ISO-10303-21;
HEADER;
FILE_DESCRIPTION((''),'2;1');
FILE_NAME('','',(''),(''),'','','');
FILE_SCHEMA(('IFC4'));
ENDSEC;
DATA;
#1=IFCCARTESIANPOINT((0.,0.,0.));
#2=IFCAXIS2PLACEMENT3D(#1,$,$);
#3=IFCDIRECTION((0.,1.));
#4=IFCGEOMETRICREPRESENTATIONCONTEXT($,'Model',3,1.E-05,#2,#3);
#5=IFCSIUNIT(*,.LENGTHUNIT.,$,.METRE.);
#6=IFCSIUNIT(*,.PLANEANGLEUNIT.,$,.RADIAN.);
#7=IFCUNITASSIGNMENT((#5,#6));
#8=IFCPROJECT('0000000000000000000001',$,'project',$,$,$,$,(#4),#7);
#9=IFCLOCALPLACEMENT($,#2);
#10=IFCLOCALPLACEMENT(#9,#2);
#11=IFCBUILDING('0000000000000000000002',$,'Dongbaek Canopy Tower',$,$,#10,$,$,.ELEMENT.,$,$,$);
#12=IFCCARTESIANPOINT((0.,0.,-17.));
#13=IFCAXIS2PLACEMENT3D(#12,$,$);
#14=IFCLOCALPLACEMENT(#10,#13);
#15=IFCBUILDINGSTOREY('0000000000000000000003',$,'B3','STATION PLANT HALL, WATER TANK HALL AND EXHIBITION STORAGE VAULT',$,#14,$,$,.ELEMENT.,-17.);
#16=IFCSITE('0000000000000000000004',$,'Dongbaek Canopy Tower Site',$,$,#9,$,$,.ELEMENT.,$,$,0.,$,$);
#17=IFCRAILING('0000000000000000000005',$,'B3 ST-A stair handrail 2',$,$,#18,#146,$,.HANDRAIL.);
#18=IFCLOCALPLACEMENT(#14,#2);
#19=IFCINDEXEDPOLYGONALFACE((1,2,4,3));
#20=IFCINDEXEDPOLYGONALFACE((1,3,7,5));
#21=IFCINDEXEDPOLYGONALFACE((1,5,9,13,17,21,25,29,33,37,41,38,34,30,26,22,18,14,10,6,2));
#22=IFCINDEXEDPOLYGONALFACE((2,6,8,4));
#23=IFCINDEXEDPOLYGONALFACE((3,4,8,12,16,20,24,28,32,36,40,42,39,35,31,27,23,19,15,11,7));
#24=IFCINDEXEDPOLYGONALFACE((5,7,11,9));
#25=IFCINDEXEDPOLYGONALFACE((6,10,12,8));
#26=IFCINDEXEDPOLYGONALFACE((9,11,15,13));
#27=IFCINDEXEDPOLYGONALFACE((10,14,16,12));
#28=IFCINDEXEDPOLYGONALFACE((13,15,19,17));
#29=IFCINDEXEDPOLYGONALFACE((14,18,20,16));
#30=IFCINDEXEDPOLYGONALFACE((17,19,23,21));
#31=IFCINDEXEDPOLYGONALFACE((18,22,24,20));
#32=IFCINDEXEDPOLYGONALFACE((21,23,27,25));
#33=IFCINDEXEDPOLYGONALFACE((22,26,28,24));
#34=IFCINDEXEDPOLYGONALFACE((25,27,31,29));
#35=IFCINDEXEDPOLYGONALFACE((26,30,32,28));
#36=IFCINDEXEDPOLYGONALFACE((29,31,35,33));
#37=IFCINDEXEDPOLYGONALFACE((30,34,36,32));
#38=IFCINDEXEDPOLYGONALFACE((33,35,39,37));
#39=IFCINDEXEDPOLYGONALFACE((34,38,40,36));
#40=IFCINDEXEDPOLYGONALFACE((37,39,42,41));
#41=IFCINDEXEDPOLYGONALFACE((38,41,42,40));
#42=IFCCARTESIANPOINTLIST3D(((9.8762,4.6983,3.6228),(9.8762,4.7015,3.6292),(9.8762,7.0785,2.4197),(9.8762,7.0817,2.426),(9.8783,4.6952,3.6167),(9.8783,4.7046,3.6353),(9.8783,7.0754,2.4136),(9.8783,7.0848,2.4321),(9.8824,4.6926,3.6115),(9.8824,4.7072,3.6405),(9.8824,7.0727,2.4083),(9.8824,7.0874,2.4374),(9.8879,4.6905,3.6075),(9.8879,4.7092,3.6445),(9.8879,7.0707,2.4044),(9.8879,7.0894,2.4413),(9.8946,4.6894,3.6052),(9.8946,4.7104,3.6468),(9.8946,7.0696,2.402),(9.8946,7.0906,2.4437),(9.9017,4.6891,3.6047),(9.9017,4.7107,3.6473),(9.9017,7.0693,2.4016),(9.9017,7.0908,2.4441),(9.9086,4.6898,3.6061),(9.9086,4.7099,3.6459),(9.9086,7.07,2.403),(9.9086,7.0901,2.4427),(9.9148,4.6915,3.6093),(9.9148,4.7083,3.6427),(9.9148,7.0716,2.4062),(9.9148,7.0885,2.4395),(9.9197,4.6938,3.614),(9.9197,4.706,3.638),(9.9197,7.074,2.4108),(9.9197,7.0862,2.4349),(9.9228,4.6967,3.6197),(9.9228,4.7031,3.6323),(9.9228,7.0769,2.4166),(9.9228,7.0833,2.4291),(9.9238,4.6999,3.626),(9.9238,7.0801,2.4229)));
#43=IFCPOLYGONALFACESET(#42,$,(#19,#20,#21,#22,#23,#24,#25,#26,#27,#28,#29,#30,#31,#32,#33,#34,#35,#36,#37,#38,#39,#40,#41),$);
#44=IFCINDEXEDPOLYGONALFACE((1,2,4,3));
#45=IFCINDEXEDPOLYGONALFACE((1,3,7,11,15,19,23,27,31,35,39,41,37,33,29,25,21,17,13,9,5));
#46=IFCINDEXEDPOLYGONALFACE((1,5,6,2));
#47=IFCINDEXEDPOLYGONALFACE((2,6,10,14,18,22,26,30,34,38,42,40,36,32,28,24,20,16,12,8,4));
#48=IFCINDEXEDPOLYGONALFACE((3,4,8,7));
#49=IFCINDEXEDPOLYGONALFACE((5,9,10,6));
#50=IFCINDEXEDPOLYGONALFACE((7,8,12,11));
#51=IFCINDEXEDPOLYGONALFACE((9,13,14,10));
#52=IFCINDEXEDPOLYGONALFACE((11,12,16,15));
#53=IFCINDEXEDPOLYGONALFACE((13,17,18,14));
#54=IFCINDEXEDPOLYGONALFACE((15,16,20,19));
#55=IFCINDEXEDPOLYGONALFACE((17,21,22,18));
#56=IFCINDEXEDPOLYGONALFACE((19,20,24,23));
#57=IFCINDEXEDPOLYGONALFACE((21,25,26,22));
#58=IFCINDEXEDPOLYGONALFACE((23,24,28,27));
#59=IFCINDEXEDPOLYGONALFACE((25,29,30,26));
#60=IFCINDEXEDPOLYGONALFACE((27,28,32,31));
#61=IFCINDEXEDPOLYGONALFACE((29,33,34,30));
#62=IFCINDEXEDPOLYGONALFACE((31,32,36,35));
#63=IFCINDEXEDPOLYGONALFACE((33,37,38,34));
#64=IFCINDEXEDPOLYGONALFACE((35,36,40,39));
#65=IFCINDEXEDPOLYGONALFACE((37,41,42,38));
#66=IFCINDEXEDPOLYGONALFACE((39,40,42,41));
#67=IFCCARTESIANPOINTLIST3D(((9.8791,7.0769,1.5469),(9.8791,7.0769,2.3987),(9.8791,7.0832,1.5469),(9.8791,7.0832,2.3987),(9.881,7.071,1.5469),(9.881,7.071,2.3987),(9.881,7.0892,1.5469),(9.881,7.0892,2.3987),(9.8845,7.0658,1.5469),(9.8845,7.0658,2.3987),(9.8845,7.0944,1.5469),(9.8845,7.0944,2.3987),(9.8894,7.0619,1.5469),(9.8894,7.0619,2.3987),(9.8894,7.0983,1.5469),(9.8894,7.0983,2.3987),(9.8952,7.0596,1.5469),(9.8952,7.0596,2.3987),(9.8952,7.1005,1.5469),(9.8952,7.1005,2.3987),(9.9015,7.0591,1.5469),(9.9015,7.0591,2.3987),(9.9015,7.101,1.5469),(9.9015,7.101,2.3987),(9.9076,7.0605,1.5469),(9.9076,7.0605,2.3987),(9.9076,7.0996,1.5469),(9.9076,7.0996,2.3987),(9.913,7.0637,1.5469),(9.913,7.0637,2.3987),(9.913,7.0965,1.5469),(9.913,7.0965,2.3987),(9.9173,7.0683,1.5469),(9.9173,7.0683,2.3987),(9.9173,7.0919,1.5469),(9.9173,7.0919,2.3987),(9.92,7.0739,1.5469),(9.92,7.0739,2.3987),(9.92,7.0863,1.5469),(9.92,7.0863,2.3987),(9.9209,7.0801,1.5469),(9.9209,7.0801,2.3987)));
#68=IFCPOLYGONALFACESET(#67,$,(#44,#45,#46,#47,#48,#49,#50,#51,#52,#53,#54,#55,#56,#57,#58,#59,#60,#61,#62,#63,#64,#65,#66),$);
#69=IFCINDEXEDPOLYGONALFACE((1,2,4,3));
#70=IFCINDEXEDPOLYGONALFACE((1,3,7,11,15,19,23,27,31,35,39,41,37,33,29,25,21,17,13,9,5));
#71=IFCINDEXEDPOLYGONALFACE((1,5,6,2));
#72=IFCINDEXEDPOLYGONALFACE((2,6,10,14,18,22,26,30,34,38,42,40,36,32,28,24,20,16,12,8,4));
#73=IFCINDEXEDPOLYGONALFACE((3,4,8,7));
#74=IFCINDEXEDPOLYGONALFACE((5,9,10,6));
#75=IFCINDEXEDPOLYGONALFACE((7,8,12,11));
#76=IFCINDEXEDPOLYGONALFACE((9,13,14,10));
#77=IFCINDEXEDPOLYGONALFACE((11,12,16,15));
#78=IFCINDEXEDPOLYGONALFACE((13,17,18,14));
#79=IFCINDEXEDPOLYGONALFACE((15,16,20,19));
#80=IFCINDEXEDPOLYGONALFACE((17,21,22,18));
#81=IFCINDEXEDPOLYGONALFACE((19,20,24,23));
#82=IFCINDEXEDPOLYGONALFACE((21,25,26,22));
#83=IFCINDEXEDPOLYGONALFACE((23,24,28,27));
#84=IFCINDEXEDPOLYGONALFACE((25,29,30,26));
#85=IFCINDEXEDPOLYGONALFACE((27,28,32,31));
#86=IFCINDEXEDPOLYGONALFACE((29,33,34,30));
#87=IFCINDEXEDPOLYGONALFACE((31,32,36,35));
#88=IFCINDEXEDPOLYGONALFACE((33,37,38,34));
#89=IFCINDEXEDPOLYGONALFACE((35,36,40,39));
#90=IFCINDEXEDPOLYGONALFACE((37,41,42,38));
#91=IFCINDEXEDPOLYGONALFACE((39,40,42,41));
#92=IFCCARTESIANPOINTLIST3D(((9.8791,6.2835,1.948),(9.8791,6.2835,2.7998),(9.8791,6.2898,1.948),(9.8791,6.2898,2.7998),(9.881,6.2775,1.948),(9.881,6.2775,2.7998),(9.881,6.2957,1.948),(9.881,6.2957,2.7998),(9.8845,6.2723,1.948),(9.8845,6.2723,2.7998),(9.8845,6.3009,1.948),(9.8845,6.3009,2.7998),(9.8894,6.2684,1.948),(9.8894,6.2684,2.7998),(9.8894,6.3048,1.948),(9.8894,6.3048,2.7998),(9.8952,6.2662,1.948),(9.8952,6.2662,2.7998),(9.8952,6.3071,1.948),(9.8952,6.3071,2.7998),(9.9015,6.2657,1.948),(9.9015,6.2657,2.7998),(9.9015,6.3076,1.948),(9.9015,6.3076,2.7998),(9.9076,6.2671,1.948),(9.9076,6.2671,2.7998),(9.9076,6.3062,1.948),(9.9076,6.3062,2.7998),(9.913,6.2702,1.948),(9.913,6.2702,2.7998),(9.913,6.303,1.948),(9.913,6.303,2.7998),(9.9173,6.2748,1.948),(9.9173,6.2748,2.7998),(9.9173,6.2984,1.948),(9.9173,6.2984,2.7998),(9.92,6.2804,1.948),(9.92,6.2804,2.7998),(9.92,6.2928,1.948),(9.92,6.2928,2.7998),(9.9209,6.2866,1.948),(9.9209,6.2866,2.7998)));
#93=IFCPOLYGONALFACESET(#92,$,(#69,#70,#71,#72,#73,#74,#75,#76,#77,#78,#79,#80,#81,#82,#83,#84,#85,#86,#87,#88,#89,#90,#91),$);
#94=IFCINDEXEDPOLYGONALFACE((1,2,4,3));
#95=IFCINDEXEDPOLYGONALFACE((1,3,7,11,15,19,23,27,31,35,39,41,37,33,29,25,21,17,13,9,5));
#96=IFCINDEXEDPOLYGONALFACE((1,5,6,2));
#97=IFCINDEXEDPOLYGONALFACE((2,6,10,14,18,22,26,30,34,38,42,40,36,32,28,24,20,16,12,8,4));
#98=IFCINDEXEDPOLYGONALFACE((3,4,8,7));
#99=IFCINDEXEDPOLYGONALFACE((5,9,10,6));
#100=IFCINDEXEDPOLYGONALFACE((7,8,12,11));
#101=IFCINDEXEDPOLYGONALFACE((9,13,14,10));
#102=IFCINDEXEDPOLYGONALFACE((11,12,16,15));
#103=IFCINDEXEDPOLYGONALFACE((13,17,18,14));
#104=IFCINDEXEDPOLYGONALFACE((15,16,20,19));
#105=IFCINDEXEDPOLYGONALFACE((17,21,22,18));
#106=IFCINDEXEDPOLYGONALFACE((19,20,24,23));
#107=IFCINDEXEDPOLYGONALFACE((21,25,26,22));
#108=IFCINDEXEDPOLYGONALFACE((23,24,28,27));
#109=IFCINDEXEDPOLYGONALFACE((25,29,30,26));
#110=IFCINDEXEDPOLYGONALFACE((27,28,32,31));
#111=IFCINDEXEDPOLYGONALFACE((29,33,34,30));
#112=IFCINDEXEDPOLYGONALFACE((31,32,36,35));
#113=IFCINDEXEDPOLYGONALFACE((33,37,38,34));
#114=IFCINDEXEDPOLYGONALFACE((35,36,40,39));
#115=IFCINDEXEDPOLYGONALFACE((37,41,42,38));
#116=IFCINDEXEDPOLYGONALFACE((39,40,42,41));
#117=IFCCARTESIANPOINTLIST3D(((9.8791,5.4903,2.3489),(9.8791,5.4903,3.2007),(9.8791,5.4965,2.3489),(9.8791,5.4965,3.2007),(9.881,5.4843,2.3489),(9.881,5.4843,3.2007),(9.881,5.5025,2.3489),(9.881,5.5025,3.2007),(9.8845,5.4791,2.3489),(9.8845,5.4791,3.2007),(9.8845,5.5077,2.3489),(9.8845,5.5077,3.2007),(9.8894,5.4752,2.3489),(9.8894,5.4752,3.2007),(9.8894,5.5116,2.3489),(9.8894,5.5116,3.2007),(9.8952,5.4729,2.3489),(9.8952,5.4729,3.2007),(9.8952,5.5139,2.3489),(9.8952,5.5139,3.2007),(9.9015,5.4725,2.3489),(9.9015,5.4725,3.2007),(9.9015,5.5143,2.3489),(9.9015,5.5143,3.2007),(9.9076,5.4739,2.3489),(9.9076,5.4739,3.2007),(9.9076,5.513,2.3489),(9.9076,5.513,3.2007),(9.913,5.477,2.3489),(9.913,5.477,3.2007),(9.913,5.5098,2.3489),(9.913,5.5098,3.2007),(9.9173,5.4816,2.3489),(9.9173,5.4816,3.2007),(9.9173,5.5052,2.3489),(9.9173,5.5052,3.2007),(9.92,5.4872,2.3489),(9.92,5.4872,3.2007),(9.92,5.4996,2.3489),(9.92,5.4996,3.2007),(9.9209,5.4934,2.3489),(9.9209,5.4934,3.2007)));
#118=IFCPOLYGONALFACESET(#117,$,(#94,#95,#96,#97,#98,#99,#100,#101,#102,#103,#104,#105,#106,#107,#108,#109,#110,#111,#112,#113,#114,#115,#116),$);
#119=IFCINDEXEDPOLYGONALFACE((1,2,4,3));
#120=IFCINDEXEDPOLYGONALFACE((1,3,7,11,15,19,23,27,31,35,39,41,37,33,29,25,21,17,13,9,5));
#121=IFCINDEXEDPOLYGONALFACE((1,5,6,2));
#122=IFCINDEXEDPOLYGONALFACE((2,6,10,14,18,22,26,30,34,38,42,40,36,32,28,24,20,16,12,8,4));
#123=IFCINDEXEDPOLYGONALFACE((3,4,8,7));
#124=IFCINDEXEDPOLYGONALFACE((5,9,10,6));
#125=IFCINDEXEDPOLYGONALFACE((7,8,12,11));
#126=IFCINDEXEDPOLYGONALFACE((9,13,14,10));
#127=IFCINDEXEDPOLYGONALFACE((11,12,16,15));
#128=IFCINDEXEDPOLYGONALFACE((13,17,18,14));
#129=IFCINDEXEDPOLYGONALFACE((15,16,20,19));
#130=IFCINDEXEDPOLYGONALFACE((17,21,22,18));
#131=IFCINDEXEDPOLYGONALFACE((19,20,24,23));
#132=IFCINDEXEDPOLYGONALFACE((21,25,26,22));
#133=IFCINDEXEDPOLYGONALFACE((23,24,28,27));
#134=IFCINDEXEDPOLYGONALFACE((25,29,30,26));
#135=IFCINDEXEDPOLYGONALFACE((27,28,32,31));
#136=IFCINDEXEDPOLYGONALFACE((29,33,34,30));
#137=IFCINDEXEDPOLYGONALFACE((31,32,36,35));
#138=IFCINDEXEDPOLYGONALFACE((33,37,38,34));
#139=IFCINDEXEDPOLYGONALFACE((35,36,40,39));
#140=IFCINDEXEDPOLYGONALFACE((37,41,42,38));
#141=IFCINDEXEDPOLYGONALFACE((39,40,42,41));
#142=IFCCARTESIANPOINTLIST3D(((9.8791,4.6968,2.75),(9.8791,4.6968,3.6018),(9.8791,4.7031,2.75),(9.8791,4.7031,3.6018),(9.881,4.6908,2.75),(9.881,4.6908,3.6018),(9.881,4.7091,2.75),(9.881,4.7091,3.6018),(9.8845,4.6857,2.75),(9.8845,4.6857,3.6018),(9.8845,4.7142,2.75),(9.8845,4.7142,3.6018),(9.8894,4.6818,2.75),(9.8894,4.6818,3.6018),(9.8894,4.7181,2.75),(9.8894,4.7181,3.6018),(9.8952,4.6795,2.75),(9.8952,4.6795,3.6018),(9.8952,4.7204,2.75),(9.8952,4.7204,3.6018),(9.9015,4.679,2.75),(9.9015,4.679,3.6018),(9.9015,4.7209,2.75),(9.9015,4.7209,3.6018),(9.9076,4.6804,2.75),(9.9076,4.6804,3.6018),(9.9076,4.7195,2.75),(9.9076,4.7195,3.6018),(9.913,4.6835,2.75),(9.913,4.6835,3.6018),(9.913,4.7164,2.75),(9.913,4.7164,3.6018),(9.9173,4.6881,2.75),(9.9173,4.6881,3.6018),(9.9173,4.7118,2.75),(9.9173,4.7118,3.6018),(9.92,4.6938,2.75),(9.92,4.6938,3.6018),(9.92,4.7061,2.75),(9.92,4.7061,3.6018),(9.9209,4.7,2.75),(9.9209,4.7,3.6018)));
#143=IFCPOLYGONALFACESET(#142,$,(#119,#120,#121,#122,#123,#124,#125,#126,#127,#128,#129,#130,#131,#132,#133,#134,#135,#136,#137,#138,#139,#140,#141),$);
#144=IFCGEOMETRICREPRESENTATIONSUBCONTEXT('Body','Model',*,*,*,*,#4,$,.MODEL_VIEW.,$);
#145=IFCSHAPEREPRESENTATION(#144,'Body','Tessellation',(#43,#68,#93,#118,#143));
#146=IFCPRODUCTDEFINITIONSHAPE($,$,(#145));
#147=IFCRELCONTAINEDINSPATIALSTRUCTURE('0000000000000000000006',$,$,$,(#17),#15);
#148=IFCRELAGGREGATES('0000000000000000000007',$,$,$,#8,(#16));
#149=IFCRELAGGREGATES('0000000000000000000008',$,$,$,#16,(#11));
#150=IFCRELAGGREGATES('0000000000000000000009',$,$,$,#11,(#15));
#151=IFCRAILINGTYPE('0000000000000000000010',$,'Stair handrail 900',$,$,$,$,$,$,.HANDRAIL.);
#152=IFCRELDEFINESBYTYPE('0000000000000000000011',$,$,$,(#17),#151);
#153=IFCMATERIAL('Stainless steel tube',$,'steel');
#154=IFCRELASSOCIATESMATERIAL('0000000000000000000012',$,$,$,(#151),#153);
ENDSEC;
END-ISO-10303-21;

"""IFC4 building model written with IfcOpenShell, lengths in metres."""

from ifc_helpers import new_model, si_unit, direction, frame, origin, origin_2d, place, context, subcontext, project, spatial, circle, extrude, material, type_object, element, save


model = new_model("IFC4")

# Units and contexts
model_context = context("Model", 3, precision=1e-05, world=origin(), true_north=direction((0.0, 1.0)))
body_context = subcontext(model_context, "Body", "Model", "MODEL_VIEW")
ifc_project = project(units=[si_unit("LENGTHUNIT", "METRE"), si_unit("PLANEANGLEUNIT", "RADIAN")], contexts=[model_context])

# Site, building, storey
site_placement = place(None, origin())
site = spatial("IfcSite", under=ifc_project, at=site_placement, Name="Dongbaek Canopy Tower Site", CompositionType="ELEMENT", RefElevation=0.0)
building_placement = place(site_placement, origin())
building = spatial("IfcBuilding", under=site, at=building_placement, Name="Dongbaek Canopy Tower", CompositionType="ELEMENT")
storey_placement = place(building_placement, frame((0.0, 0.0, -17.0)))
storey = spatial("IfcBuildingStorey", under=building, at=storey_placement, Name="B3", Description="STATION PLANT HALL, WATER TANK HALL AND EXHIBITION STORAGE VAULT", CompositionType="ELEMENT", Elevation=-17.0)

# Railing
ifc_material_1 = material(Name="Stainless steel tube", Category="steel")
railing_type_1 = type_object("IfcRailingType", Name="Stair handrail 900", PredefinedType="HANDRAIL", material=ifc_material_1)
for number, where, name in (
    (1, (9.8999, 7.0801, 1.5469), "B3 ST-A stair handrail 2"),
):
    element("IfcRailing", number, at=place(storey_placement, frame(where)), inside=storey, type_object=railing_type_1, Name=name, PredefinedType="HANDRAIL", context=body_context, shape_type="SweptSolid", body=[
        extrude(circle(Radius=0.0239, at=origin_2d()), frame((0.0, 0.0, 0.876), z_axis=(0.0, -0.89246, 0.451127), x_axis=(1.0, 0.0, 0.0)), (0.0, 0.0, 1.0), 2.667),
        extrude(circle(Radius=0.021, at=origin_2d()), origin(), (0.0, 0.0, 1.0), 0.8518),
        extrude(circle(Radius=0.021, at=origin_2d()), frame((0.0, -0.7935, 0.4011)), (0.0, 0.0, 1.0), 0.8518),
        extrude(circle(Radius=0.021, at=origin_2d()), frame((0.0, -1.5867, 0.802)), (0.0, 0.0, 1.0), 0.8518),
        extrude(circle(Radius=0.021, at=origin_2d()), frame((0.0, -2.3801, 1.2031)), (0.0, 0.0, 1.0), 0.8518),
    ])

save(model, "model.ifc")
